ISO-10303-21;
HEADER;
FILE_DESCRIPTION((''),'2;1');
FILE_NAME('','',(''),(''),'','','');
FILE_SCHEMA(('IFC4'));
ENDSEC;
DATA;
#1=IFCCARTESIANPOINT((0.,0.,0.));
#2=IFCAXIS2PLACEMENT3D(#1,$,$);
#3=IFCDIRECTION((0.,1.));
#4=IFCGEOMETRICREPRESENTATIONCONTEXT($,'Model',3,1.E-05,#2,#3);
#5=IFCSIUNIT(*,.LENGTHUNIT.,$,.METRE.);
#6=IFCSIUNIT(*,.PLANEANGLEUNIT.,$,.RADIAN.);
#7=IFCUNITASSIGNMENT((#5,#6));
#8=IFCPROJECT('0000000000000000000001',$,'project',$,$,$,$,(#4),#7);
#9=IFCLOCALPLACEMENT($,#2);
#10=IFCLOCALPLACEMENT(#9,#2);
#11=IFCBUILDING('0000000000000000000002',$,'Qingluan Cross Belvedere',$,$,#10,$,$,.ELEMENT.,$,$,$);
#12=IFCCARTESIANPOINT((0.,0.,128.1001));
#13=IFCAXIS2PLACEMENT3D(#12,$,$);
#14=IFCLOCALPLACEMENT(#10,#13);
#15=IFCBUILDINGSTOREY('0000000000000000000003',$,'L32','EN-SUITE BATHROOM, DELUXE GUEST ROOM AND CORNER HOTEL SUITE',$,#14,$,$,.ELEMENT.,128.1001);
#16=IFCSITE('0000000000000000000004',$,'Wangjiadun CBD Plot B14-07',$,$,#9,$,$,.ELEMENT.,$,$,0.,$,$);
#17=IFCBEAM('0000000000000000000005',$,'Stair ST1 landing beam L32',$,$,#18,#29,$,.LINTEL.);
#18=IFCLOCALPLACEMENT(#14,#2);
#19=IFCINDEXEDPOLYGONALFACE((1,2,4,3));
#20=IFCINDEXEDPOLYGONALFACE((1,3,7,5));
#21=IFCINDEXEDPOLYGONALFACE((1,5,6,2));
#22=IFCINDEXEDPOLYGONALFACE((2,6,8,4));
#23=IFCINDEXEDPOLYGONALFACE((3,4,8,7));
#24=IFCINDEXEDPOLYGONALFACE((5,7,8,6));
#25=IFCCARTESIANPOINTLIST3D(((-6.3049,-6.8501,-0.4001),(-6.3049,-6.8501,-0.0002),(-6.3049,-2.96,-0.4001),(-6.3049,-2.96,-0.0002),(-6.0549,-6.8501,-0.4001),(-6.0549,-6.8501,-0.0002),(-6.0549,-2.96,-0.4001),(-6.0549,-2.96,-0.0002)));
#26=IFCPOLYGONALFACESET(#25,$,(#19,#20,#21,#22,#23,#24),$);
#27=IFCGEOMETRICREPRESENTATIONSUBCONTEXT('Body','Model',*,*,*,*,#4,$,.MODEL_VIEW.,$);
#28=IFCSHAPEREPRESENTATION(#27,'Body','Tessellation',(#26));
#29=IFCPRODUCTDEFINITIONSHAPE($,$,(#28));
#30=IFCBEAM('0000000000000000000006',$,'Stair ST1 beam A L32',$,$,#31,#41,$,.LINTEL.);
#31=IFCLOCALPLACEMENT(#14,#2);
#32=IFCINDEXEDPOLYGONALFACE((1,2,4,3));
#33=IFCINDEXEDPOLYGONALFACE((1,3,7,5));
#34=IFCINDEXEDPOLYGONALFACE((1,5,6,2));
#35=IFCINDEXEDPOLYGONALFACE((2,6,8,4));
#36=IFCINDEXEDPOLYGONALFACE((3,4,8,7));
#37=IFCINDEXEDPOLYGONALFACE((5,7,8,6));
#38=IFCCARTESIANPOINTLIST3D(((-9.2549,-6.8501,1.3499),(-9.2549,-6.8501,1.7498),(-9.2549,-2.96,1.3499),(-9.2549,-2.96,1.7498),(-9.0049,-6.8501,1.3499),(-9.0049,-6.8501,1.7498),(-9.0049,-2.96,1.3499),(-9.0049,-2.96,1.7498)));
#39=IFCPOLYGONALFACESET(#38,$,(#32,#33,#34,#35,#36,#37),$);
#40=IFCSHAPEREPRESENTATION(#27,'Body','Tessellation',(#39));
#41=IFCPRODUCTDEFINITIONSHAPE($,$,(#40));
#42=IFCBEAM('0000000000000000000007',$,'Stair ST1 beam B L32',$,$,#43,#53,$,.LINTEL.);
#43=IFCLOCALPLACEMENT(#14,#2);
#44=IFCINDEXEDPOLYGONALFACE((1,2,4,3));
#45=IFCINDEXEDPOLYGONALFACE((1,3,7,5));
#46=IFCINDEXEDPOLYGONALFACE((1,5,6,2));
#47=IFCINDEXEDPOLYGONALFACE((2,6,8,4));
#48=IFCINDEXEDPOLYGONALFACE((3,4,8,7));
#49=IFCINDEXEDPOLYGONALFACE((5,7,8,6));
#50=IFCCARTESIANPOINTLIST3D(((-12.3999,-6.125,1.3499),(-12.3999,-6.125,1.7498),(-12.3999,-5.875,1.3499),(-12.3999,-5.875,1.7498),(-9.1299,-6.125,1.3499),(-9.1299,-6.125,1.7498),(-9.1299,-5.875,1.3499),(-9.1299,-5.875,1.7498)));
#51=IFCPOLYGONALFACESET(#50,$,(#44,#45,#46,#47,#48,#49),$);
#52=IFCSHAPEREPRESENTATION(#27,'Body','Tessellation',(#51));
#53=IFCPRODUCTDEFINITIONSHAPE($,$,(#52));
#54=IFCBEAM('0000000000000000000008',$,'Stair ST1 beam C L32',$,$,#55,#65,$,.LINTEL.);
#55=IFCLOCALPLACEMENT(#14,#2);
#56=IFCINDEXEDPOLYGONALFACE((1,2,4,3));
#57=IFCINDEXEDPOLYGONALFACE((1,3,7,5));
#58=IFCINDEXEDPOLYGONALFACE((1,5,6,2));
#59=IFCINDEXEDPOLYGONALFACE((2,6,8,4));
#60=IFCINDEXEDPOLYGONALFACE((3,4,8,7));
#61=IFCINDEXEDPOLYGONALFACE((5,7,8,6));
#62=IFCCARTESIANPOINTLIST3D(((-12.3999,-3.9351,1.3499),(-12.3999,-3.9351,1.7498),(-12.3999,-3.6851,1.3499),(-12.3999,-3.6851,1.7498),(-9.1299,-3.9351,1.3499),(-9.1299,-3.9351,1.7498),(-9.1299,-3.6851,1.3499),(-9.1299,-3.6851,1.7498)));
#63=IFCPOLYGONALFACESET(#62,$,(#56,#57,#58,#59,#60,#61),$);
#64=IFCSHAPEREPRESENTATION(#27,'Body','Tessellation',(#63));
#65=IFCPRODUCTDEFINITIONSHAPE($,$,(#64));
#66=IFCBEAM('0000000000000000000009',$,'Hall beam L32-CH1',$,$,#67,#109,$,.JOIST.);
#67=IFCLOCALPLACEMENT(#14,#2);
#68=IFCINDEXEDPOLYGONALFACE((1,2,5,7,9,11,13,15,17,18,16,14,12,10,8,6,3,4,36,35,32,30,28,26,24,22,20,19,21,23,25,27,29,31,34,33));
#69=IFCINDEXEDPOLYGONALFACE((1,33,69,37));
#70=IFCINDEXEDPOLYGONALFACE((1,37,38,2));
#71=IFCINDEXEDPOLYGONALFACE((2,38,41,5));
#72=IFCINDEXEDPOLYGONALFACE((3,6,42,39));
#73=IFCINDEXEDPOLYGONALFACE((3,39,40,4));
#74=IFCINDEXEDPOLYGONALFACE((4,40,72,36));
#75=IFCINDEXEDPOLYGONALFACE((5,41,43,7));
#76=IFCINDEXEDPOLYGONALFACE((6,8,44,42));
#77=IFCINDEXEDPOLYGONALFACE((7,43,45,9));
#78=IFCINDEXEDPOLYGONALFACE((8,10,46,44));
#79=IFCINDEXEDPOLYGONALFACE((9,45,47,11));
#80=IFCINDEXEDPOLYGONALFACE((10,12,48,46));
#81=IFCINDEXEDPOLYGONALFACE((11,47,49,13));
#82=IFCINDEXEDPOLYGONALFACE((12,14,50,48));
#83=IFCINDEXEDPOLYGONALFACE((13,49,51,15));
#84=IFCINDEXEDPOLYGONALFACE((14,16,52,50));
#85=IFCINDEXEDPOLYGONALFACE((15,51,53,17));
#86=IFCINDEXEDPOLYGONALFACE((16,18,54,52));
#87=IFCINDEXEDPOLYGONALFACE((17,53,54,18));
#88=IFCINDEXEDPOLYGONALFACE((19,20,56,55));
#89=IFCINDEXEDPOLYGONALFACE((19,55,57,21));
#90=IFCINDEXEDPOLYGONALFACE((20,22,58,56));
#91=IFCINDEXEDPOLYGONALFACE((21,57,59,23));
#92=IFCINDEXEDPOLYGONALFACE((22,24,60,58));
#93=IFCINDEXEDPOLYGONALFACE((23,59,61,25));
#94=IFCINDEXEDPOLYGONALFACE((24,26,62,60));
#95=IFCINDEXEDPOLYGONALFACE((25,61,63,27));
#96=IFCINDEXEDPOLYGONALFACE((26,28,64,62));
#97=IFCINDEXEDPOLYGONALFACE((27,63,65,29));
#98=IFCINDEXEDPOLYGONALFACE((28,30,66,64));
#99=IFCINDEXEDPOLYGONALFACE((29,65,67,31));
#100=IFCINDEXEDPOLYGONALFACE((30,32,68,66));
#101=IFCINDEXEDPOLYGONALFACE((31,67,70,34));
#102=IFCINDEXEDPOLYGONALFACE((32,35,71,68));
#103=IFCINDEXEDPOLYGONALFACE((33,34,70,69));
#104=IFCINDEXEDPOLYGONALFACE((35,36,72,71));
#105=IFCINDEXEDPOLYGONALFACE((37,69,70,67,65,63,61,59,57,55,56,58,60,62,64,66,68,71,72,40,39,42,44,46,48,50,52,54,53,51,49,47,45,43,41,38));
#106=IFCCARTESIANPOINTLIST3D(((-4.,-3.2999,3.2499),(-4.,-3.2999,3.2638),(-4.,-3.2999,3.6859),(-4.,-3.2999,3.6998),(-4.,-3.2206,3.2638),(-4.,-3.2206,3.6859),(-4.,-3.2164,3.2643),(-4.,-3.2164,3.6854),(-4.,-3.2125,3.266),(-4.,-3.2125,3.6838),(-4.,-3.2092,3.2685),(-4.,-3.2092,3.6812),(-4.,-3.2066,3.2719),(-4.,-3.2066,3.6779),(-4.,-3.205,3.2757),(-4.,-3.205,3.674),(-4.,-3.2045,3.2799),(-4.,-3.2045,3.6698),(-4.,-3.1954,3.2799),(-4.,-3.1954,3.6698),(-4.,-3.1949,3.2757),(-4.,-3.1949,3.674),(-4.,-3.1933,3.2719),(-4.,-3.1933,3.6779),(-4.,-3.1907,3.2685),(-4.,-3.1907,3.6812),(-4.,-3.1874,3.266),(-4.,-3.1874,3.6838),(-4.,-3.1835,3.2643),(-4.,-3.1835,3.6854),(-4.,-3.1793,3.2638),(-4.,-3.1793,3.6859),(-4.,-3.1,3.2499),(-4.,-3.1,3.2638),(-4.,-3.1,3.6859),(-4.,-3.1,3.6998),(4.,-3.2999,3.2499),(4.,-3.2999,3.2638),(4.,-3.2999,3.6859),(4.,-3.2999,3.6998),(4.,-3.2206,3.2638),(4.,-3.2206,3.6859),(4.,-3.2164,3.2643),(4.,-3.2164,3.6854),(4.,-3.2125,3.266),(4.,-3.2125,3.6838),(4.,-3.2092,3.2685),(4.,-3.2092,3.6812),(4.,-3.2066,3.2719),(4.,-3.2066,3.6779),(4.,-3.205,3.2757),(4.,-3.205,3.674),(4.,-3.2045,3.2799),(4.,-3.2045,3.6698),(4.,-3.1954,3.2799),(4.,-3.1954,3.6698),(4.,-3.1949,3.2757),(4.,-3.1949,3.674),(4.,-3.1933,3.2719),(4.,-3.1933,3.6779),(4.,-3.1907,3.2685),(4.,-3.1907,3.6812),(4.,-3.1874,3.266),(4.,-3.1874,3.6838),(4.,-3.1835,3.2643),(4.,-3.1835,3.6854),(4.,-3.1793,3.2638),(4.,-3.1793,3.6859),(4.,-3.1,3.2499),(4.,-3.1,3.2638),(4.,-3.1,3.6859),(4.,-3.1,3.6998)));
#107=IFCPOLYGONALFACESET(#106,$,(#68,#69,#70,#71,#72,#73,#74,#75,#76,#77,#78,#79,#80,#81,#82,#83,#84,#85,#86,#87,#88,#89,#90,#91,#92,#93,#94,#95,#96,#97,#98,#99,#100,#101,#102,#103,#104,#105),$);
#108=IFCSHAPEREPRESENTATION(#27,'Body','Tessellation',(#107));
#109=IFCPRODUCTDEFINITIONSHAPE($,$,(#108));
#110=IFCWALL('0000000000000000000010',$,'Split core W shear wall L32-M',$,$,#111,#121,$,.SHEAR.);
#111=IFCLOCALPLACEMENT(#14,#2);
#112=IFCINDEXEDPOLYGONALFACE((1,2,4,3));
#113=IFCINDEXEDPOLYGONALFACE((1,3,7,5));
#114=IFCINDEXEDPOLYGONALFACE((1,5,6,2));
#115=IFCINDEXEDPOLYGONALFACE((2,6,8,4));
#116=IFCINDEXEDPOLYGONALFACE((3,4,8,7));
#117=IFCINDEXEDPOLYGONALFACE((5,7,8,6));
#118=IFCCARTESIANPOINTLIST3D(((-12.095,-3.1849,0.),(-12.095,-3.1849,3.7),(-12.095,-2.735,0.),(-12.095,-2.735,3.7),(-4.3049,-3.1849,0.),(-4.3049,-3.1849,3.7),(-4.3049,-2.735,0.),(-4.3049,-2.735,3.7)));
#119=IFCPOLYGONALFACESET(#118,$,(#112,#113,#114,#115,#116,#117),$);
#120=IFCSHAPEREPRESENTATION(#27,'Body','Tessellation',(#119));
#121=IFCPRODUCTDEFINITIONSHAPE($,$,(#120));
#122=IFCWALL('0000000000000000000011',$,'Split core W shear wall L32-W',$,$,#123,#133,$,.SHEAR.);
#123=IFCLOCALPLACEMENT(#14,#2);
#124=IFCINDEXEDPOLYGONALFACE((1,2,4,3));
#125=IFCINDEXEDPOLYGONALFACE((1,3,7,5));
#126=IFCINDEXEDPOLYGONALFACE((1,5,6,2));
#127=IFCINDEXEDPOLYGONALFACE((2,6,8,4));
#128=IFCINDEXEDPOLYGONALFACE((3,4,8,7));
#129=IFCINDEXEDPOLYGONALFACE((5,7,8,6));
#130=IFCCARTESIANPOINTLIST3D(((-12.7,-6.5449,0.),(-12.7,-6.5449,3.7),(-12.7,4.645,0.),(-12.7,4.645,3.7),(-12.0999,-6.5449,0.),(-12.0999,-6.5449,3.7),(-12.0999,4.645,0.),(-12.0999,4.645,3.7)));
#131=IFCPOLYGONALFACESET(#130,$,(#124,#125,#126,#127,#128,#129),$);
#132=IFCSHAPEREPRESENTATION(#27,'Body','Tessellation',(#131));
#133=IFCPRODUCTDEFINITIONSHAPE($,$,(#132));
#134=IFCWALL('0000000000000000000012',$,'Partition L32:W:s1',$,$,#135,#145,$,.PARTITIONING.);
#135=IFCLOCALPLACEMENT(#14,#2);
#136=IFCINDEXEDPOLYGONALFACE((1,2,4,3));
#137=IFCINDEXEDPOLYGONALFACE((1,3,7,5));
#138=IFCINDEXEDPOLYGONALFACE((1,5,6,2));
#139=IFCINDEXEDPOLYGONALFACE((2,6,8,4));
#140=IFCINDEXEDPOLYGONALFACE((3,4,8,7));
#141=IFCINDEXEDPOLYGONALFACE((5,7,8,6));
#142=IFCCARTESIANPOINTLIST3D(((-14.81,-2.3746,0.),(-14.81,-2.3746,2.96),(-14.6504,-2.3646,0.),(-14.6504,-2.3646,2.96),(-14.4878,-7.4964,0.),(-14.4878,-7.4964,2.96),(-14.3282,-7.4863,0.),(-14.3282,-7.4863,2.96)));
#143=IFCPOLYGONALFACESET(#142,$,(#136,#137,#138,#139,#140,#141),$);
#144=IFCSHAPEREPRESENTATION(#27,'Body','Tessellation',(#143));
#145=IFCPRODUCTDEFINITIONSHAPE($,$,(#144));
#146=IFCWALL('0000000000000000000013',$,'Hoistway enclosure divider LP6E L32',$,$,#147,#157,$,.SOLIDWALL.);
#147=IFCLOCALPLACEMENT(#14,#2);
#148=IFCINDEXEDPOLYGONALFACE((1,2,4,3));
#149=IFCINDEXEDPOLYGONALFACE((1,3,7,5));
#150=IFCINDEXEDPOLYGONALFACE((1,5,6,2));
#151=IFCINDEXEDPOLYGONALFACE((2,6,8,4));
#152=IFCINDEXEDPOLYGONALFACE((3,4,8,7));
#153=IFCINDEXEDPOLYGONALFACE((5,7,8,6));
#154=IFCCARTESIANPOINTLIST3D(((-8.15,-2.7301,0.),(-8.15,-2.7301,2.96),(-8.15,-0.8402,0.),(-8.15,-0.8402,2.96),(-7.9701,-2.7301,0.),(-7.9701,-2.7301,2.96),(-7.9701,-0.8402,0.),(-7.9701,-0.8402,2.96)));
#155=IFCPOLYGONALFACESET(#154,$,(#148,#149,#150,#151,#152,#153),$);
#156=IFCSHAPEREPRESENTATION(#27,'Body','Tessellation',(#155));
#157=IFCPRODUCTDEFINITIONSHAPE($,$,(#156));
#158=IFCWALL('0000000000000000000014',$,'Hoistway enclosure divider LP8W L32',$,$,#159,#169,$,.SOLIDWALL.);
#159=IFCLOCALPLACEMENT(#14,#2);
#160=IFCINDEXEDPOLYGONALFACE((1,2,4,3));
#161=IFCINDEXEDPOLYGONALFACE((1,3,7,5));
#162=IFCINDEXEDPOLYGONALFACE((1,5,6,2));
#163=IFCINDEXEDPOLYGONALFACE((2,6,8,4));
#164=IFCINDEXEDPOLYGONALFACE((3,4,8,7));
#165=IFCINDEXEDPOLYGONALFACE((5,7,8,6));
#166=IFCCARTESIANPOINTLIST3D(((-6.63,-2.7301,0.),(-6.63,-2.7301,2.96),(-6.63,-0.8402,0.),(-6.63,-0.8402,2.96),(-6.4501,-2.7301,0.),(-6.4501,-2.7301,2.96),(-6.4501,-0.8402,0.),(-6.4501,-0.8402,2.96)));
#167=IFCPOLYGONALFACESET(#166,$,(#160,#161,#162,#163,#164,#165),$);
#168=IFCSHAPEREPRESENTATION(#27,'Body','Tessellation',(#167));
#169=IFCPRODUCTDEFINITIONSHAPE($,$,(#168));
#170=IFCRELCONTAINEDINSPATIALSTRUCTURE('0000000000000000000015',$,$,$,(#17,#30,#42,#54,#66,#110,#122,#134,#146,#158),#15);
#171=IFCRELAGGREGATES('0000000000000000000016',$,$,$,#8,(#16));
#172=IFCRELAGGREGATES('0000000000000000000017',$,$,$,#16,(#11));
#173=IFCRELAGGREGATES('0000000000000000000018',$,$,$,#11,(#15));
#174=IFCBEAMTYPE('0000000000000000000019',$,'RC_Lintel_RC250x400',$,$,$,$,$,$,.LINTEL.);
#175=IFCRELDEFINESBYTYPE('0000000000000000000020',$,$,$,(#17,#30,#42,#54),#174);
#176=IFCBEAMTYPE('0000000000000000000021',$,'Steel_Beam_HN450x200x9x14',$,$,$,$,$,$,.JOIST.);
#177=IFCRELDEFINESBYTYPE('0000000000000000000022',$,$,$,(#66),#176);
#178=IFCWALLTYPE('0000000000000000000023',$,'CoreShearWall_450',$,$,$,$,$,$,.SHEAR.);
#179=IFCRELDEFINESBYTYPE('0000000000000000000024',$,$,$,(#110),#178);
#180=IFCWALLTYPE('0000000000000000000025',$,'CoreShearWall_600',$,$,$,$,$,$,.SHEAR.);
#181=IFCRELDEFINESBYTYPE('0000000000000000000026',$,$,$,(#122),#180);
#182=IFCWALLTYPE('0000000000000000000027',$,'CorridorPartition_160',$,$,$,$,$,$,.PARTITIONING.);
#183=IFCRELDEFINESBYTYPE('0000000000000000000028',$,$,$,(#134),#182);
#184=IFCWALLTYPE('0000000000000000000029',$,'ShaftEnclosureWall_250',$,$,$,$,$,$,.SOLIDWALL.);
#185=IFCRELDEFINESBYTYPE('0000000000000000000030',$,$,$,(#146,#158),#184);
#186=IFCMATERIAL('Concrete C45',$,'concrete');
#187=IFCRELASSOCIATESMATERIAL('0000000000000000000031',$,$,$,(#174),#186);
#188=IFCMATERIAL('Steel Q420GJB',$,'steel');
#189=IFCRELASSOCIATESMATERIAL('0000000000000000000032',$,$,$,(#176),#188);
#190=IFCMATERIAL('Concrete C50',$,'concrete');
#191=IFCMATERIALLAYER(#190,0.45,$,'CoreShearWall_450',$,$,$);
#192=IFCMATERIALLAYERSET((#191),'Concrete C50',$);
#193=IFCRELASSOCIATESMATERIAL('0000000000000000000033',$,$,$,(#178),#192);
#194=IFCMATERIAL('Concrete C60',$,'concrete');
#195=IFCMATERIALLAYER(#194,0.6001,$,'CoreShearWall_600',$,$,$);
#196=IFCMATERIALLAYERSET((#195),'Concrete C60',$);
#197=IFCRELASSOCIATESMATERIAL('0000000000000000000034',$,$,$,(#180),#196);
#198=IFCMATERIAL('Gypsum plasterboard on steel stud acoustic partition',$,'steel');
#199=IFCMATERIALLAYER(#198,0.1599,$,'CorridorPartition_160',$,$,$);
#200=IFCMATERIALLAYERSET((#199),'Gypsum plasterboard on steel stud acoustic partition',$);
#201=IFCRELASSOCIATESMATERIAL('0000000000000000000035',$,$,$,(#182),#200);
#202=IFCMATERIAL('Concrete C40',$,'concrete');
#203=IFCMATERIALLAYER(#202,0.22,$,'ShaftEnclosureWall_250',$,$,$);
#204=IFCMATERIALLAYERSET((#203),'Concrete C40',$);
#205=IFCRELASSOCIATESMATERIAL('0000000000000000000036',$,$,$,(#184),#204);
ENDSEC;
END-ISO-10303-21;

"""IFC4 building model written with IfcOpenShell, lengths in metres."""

from ifc_helpers import new_model, si_unit, direction, frame, frame_2d, origin, origin_2d, place, context, subcontext, project, spatial, rectangle, i_section, extrude, material, layer, layer_set, material_profile, profile_set, type_object, element, save


model = new_model("IFC4")

# Units and contexts
model_context = context("Model", 3, precision=1e-05, world=origin(), true_north=direction((0.0, 1.0)))
body_context = subcontext(model_context, "Body", "Model", "MODEL_VIEW")
ifc_project = project(units=[si_unit("LENGTHUNIT", "METRE"), si_unit("PLANEANGLEUNIT", "RADIAN")], contexts=[model_context])

# Site, building, storey
site_placement = place(None, origin())
site = spatial("IfcSite", under=ifc_project, at=site_placement, Name="Wangjiadun CBD Plot B14-07", CompositionType="ELEMENT", RefElevation=0.0)
building_placement = place(site_placement, origin())
building = spatial("IfcBuilding", under=site, at=building_placement, Name="Qingluan Cross Belvedere", CompositionType="ELEMENT")
storey_placement = place(building_placement, frame((0.0, 0.0, 128.1001)))
storey = spatial("IfcBuildingStorey", under=building, at=storey_placement, Name="L32", Description="EN-SUITE BATHROOM, DELUXE GUEST ROOM AND CORNER HOTEL SUITE", CompositionType="ELEMENT", Elevation=128.1001)

# Beams
ifc_material_1 = material(Name="Concrete C45", Category="concrete")
ifc_material_profile_1 = material_profile(ifc_material_1, rectangle(XDim=0.25, YDim=0.3999, at=origin_2d()), Name="RC250x400")
ifc_profile_set_1 = profile_set([ifc_material_profile_1], Name="Concrete C45")
beam_type_1 = type_object("IfcBeamType", Name="RC_Lintel_RC250x400", PredefinedType="LINTEL", material=ifc_profile_set_1)
for number, where, z_axis, x_axis, name in (
    (1, (-6.1799, -6.8501, -0.2002), (0.0, 1.0, 0.0), (-1.0, 0.0, 0.0), "Stair ST1 landing beam L32"),
    (2, (-9.1299, -6.8501, 1.5498), (0.0, 1.0, 0.0), (-1.0, 0.0, 0.0), "Stair ST1 beam A L32"),
):
    element("IfcBeam", number, at=place(storey_placement, frame(where, z_axis=z_axis, x_axis=x_axis)), inside=storey, type_object=beam_type_1, Name=name, PredefinedType="LINTEL", context=body_context, shape_type="SweptSolid", body=[
        extrude(rectangle(XDim=0.25, YDim=0.3999, at=origin_2d()), origin(), (0.0, 0.0, 1.0), 3.8901),
    ])
for number, where, z_axis, x_axis, name in (
    (3, (-12.3999, -6.0, 1.5498), (1.0, 0.0, 0.0), (0.0, 1.0, 0.0), "Stair ST1 beam B L32"),
    (4, (-12.3999, -3.8101, 1.5498), (1.0, 0.0, 0.0), (0.0, 1.0, 0.0), "Stair ST1 beam C L32"),
):
    element("IfcBeam", number, at=place(storey_placement, frame(where, z_axis=z_axis, x_axis=x_axis)), inside=storey, type_object=beam_type_1, Name=name, PredefinedType="LINTEL", context=body_context, shape_type="SweptSolid", body=[
        extrude(rectangle(XDim=0.25, YDim=0.3999, at=origin_2d()), origin(), (0.0, 0.0, 1.0), 3.27),
    ])
ifc_material_2 = material(Name="Steel Q420GJB", Category="steel")
ifc_material_profile_2 = material_profile(ifc_material_2, i_section(OverallWidth=0.2, OverallDepth=0.45, WebThickness=0.009, FlangeThickness=0.0139, FilletRadius=0.0161, at=origin_2d()), Name="HN450x200x9x14")
ifc_profile_set_2 = profile_set([ifc_material_profile_2], Name="Steel Q420GJB")
beam_type_2 = type_object("IfcBeamType", Name="Steel_Beam_HN450x200x9x14", PredefinedType="JOIST", material=ifc_profile_set_2)
beam_placement = place(storey_placement, frame((-4.0, -3.2, 3.4749), z_axis=(1.0, 0.0, 0.0), x_axis=(0.0, 1.0, 0.0)))
element("IfcBeam", 5, at=beam_placement, inside=storey, type_object=beam_type_2, Name="Hall beam L32-CH1", PredefinedType="JOIST", context=body_context, shape_type="SweptSolid", body=[
    extrude(i_section(OverallWidth=0.2, OverallDepth=0.45, WebThickness=0.009, FlangeThickness=0.0139, FilletRadius=0.0161, at=origin_2d()), origin(), (0.0, 0.0, 1.0), 8.0),
])

# Walls
ifc_material_3 = material(Name="Concrete C50", Category="concrete")
ifc_layer_1 = layer(ifc_material_3, 0.45, Name="CoreShearWall_450")
ifc_layer_set_1 = layer_set([ifc_layer_1], Name="Concrete C50")
wall_type_1 = type_object("IfcWallType", Name="CoreShearWall_450", PredefinedType="SHEAR", material=ifc_layer_set_1)
wall_1_placement = place(storey_placement, frame((-12.095, -2.96, 0.0), z_axis=(0.0, 0.0, 1.0), x_axis=(1.0, 0.0, 0.0)))
element("IfcWall", 6, at=wall_1_placement, inside=storey, type_object=wall_type_1, Name="Split core W shear wall L32-M", PredefinedType="SHEAR", context=body_context, shape_type="SweptSolid", body=[
    extrude(rectangle(XDim=7.79, YDim=0.45, at=frame_2d((3.895, 0.0))), origin(), (0.0, 0.0, 1.0), 3.7),
])
ifc_material_4 = material(Name="Concrete C60", Category="concrete")
ifc_layer_2 = layer(ifc_material_4, 0.6001, Name="CoreShearWall_600")
ifc_layer_set_2 = layer_set([ifc_layer_2], Name="Concrete C60")
wall_type_2 = type_object("IfcWallType", Name="CoreShearWall_600", PredefinedType="SHEAR", material=ifc_layer_set_2)
wall_2_placement = place(storey_placement, frame((-12.3999, -6.5449, 0.0), z_axis=(0.0, 0.0, 1.0), x_axis=(0.0, 1.0, 0.0)))
element("IfcWall", 7, at=wall_2_placement, inside=storey, type_object=wall_type_2, Name="Split core W shear wall L32-W", PredefinedType="SHEAR", context=body_context, shape_type="SweptSolid", body=[
    extrude(rectangle(XDim=11.1899, YDim=0.6001, at=frame_2d((5.595, 0.0))), origin(), (0.0, 0.0, 1.0), 3.7),
])

# Wall
ifc_material_5 = material(Name="Gypsum plasterboard on steel stud acoustic partition", Category="steel")
ifc_layer_3 = layer(ifc_material_5, 0.1599, Name="CorridorPartition_160")
ifc_layer_set_3 = layer_set([ifc_layer_3], Name="Gypsum plasterboard on steel stud acoustic partition")
wall_type_3 = type_object("IfcWallType", Name="CorridorPartition_160", PredefinedType="PARTITIONING", material=ifc_layer_set_3)
wall_3_placement = place(storey_placement, frame((-14.7302, -2.3696, 0.0), z_axis=(0.0, 0.0, 1.0), x_axis=(0.062796, -0.998026, 0.0)))
element("IfcWall", 8, at=wall_3_placement, inside=storey, type_object=wall_type_3, Name="Partition L32:W:s1", PredefinedType="PARTITIONING", context=body_context, shape_type="SweptSolid", body=[
    extrude(rectangle(XDim=5.1318, YDim=0.1599, at=frame_2d((2.5659, 0.0))), origin(), (0.0, 0.0, 1.0), 2.96),
])

# Shared definitions
ifc_material_6 = material(Name="Concrete C40", Category="concrete")
ifc_layer_4 = layer(ifc_material_6, 0.22, Name="ShaftEnclosureWall_250")
ifc_layer_set_4 = layer_set([ifc_layer_4], Name="Concrete C40")
wall_type_4 = type_object("IfcWallType", Name="ShaftEnclosureWall_250", PredefinedType="SOLIDWALL", material=ifc_layer_set_4)

# Walls
for number, where, z_axis, x_axis, name in (
    (9, (-8.0601, -2.73, 0.0), (0.0, 0.0, 1.0), (0.0, 1.0, 0.0), "Hoistway enclosure divider LP6E L32"),
    (10, (-6.54, -2.73, 0.0), (0.0, 0.0, 1.0), (0.0, 1.0, 0.0), "Hoistway enclosure divider LP8W L32"),
):
    element("IfcWall", number, at=place(storey_placement, frame(where, z_axis=z_axis, x_axis=x_axis)), inside=storey, type_object=wall_type_4, Name=name, PredefinedType="SOLIDWALL", context=body_context, shape_type="SweptSolid", body=[
        extrude(rectangle(XDim=1.8899, YDim=0.1799, at=frame_2d((0.9448, 0.0))), origin(), (0.0, 0.0, 1.0), 2.96),
    ])

save(model, "model.ifc")
